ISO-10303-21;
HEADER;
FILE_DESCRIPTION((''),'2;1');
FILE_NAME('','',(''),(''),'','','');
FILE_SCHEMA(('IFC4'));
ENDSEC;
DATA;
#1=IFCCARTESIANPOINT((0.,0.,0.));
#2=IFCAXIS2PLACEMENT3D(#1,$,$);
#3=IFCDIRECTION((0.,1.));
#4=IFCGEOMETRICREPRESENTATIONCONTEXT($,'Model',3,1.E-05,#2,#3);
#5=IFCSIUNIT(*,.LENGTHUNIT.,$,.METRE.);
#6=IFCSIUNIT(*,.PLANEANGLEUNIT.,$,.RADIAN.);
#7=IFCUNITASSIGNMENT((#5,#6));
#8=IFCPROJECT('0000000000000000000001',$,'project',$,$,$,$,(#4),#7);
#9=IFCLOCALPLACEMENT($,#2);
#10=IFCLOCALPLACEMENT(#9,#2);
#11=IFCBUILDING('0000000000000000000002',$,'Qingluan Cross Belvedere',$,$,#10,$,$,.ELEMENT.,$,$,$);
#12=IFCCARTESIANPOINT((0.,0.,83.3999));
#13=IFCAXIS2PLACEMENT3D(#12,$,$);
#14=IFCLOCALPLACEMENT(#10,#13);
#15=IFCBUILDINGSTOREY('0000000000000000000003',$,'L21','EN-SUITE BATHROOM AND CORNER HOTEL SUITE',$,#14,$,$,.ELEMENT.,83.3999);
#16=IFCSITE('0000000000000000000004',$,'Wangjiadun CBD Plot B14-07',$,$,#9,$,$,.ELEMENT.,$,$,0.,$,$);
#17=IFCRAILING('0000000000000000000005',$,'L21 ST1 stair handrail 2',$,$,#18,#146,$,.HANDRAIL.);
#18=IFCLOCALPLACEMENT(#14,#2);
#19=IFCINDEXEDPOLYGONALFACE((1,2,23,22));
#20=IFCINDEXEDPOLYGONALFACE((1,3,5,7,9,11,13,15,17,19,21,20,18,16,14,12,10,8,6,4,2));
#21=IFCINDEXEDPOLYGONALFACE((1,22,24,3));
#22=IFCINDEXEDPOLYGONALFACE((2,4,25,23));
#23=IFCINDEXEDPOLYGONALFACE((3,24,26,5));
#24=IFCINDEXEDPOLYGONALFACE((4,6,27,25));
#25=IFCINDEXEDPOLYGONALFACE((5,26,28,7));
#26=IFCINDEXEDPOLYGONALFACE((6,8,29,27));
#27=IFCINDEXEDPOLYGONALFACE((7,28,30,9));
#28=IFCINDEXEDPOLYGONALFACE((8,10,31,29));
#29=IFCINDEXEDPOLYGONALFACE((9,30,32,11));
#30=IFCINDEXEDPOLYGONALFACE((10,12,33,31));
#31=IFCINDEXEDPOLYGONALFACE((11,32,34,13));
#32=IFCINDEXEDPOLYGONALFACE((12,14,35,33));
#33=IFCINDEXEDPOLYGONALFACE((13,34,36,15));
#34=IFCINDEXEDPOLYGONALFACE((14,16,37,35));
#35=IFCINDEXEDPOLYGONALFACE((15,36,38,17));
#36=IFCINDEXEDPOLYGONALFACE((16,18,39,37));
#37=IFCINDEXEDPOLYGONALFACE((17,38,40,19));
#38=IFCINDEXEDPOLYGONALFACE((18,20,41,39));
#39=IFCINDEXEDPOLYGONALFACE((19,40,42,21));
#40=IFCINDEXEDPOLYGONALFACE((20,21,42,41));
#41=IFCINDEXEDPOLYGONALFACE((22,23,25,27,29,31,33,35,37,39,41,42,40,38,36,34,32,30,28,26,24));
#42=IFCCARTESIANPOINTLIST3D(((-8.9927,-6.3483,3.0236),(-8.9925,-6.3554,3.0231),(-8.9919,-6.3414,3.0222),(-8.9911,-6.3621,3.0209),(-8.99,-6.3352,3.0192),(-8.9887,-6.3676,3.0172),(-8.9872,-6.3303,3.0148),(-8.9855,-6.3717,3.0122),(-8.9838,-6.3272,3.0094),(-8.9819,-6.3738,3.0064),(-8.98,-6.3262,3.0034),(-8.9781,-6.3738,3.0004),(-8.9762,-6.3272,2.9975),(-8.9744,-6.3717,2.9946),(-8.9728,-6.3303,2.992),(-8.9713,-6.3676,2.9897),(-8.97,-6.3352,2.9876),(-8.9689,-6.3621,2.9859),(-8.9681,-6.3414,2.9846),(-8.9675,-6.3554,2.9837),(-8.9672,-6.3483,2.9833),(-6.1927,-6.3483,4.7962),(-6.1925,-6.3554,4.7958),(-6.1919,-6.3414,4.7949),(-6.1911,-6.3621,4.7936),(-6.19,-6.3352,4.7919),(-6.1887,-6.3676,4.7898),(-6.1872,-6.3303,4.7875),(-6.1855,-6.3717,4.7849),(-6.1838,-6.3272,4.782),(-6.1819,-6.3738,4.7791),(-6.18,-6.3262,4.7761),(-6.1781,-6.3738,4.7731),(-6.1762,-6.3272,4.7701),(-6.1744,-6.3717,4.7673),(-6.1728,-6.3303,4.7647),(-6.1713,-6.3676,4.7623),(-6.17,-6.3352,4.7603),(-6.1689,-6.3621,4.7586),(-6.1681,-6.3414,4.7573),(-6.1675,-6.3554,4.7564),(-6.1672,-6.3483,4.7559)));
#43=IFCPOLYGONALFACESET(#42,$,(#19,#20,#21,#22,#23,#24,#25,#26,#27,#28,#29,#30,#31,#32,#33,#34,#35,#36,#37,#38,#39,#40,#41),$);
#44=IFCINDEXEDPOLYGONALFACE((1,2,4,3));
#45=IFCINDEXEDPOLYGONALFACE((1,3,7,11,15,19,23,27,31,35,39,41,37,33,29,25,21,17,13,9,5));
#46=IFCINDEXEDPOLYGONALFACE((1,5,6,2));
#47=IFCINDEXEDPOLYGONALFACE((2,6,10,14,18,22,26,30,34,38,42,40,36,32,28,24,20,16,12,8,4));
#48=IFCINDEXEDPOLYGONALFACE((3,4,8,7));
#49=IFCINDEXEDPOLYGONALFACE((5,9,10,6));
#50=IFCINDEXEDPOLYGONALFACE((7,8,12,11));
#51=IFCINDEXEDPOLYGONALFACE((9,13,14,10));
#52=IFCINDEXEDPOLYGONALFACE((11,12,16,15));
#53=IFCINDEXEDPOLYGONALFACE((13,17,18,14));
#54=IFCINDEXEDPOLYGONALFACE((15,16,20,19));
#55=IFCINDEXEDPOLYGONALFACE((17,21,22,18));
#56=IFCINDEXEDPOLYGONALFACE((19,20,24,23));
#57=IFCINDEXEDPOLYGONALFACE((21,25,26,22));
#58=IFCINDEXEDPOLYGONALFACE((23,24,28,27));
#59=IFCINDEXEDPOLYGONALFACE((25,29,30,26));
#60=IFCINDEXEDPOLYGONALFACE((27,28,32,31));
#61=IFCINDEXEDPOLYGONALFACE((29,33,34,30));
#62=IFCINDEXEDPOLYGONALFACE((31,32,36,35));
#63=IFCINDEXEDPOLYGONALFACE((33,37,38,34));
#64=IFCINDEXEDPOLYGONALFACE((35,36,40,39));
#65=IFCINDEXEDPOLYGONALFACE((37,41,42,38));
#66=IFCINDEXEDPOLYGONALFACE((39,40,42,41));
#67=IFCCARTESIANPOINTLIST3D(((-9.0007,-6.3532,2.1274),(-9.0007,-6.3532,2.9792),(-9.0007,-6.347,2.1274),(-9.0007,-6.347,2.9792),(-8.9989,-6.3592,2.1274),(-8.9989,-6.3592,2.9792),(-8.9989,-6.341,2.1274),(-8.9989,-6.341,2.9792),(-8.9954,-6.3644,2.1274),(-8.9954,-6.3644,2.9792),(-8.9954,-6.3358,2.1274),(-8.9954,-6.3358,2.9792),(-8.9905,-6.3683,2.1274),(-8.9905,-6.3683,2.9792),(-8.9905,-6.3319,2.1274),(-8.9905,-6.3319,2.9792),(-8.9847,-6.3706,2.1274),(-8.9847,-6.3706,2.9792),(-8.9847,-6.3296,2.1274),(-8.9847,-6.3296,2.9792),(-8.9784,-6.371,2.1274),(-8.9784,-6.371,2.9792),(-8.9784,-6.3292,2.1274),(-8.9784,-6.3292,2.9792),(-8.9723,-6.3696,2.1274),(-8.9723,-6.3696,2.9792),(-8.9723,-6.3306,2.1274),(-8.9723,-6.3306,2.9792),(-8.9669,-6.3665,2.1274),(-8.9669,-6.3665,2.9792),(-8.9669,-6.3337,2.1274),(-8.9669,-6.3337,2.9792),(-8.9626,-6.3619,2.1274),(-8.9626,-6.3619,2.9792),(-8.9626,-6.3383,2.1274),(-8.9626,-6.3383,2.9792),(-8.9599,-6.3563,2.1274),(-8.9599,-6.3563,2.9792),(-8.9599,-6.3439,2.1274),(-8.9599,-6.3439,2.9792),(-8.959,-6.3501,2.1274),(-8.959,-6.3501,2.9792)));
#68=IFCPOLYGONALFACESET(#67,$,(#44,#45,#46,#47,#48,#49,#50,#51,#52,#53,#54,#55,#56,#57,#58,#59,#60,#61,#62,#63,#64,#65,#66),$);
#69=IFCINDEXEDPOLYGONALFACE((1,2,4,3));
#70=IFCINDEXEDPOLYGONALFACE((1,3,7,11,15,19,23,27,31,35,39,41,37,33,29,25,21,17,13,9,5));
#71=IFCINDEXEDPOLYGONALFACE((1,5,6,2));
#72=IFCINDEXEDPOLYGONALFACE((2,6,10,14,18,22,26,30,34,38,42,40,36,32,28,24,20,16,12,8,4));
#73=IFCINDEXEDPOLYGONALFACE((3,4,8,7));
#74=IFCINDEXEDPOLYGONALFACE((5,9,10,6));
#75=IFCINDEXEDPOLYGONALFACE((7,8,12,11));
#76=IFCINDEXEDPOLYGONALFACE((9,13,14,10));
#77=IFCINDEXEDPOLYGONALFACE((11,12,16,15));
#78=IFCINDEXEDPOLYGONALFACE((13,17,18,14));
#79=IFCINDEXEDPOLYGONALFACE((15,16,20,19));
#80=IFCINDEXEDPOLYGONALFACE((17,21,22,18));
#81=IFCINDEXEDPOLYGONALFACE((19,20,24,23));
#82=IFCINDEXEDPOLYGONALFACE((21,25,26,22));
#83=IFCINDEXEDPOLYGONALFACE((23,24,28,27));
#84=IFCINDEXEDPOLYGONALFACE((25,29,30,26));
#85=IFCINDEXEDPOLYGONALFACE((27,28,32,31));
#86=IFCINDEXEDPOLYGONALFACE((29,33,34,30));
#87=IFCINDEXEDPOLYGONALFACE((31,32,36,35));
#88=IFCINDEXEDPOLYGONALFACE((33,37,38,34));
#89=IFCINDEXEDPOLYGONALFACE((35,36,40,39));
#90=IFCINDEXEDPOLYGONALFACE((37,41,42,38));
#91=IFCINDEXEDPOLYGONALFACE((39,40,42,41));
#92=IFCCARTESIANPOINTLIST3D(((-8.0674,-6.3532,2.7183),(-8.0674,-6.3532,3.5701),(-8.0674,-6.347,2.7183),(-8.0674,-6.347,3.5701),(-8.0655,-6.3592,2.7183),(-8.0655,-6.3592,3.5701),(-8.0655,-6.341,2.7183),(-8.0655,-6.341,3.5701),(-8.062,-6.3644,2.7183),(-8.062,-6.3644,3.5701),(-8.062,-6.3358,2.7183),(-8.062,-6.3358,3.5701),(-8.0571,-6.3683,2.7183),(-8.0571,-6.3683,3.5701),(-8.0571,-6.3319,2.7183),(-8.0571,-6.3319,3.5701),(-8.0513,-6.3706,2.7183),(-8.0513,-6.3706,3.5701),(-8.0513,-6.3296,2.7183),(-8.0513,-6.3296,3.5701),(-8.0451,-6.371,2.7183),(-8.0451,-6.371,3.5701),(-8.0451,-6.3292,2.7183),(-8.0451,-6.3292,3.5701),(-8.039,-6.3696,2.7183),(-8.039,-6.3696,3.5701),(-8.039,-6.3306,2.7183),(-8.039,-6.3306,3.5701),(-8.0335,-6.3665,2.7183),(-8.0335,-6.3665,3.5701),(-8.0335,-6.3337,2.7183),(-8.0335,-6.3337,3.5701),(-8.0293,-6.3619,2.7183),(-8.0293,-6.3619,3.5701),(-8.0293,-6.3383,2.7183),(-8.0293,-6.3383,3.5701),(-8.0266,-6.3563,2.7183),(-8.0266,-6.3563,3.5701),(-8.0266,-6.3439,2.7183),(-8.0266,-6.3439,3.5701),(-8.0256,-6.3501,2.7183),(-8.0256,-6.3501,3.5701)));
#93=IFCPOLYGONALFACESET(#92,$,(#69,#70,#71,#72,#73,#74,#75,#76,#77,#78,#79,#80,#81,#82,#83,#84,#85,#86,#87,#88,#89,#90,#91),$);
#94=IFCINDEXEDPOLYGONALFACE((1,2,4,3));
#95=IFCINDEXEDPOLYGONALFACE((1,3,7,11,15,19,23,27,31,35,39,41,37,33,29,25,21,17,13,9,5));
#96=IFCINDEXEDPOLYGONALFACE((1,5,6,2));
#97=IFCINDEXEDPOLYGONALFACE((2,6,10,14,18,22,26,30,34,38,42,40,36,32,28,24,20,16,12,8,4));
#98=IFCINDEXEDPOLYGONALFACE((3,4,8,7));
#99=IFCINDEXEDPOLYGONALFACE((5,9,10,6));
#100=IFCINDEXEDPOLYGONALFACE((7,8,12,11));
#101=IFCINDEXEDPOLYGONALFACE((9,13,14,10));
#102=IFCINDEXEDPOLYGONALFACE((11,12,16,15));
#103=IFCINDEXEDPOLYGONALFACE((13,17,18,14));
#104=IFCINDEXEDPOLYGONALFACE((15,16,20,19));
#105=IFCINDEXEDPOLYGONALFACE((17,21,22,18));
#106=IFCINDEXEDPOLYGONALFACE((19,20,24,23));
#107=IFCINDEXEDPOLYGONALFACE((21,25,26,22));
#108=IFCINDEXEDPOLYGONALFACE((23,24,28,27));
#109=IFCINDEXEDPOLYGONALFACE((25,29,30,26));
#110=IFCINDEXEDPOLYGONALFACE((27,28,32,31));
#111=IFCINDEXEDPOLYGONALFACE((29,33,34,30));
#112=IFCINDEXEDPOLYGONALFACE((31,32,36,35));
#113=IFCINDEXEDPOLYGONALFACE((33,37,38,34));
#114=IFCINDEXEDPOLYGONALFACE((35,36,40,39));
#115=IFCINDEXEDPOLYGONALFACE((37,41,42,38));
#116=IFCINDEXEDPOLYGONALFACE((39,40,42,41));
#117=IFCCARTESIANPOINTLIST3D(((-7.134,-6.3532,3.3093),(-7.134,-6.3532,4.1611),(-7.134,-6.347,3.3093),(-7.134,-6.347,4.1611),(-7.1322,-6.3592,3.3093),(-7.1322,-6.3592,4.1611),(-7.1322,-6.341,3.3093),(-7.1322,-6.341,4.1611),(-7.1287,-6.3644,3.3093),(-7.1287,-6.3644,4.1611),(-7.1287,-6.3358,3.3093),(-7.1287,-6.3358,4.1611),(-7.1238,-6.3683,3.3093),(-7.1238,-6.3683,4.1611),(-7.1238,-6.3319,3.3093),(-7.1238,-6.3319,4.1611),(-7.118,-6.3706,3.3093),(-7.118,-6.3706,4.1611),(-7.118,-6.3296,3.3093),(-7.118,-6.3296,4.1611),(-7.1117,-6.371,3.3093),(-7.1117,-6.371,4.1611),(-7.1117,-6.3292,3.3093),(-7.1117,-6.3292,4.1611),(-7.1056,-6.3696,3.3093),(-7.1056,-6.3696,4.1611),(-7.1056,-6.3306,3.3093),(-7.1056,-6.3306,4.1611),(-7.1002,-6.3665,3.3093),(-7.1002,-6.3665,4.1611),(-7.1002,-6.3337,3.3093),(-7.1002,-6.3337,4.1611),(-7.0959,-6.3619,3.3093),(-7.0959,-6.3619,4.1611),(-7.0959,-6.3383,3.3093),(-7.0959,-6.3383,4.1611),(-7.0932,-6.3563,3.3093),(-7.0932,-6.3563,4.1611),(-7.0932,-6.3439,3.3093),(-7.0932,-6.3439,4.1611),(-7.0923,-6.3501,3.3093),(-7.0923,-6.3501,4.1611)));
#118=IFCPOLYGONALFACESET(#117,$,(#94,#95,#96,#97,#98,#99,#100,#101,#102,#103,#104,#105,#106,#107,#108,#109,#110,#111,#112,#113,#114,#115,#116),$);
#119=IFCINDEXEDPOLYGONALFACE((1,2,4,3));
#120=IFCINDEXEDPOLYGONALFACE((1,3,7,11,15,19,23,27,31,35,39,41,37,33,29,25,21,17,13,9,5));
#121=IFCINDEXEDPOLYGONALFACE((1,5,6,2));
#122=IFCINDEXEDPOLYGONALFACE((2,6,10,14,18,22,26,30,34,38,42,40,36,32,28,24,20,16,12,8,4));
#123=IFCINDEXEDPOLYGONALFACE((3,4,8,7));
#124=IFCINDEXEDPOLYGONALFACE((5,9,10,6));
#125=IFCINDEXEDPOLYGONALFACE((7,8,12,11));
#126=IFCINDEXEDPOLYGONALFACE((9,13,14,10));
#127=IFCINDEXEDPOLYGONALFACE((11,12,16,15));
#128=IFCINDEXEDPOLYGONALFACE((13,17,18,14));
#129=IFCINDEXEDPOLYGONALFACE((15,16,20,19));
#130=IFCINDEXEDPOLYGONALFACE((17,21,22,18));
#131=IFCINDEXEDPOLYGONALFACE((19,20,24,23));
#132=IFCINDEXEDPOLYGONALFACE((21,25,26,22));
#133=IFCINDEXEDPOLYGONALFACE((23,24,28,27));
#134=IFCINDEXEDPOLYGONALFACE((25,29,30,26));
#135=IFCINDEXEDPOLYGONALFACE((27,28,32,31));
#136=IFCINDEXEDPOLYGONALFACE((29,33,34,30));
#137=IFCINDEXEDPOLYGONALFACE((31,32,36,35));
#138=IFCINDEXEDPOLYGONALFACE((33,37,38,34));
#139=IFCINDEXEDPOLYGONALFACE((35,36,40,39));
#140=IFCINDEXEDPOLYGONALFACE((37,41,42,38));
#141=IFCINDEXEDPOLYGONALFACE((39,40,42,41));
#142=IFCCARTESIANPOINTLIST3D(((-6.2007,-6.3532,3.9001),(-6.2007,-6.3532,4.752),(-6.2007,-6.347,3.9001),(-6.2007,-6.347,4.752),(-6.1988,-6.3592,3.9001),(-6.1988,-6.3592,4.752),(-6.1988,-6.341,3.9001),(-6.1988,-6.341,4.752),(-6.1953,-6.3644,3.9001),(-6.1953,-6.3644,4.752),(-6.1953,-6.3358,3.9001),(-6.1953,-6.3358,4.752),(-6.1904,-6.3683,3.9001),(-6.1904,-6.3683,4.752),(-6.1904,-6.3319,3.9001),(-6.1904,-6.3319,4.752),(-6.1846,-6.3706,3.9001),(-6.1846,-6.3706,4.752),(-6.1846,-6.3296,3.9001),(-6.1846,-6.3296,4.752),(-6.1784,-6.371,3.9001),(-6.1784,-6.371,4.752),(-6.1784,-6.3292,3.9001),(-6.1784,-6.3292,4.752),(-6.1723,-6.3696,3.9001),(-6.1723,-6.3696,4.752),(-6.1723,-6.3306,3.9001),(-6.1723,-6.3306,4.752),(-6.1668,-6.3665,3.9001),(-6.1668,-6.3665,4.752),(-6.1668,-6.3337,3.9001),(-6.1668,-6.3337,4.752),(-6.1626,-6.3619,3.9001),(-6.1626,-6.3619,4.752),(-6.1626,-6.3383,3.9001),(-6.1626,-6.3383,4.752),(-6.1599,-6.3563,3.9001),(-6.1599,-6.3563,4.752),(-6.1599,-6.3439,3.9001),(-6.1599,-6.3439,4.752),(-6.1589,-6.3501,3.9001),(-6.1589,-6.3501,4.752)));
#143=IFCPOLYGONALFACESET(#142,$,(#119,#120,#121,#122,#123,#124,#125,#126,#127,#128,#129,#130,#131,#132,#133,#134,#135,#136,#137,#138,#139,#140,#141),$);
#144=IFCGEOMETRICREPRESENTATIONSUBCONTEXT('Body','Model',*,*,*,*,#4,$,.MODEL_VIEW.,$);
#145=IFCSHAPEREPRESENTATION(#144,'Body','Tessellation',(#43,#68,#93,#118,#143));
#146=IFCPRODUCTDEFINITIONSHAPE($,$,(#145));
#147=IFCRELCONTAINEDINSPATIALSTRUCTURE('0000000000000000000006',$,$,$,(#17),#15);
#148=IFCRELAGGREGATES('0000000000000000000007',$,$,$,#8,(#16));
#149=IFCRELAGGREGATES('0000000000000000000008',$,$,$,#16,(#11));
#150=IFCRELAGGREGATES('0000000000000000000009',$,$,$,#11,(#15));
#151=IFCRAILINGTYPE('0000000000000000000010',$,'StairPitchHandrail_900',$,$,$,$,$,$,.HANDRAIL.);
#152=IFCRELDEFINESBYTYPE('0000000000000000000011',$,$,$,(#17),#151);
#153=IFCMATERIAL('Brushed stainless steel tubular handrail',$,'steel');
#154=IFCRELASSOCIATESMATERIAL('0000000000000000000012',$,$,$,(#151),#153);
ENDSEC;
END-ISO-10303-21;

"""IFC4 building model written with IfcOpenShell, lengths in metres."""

from ifc_helpers import new_model, si_unit, direction, frame, origin, origin_2d, place, context, subcontext, project, spatial, circle, extrude, material, type_object, element, save


model = new_model("IFC4")

# Units and contexts
model_context = context("Model", 3, precision=1e-05, world=origin(), true_north=direction((0.0, 1.0)))
body_context = subcontext(model_context, "Body", "Model", "MODEL_VIEW")
ifc_project = project(units=[si_unit("LENGTHUNIT", "METRE"), si_unit("PLANEANGLEUNIT", "RADIAN")], contexts=[model_context])

# Site, building, storey
site_placement = place(None, origin())
site = spatial("IfcSite", under=ifc_project, at=site_placement, Name="Wangjiadun CBD Plot B14-07", CompositionType="ELEMENT", RefElevation=0.0)
building_placement = place(site_placement, origin())
building = spatial("IfcBuilding", under=site, at=building_placement, Name="Qingluan Cross Belvedere", CompositionType="ELEMENT")
storey_placement = place(building_placement, frame((0.0, 0.0, 83.3999)))
storey = spatial("IfcBuildingStorey", under=building, at=storey_placement, Name="L21", Description="EN-SUITE BATHROOM AND CORNER HOTEL SUITE", CompositionType="ELEMENT", Elevation=83.3999)

# Railing
ifc_material_1 = material(Name="Brushed stainless steel tubular handrail", Category="steel")
railing_type_1 = type_object("IfcRailingType", Name="StairPitchHandrail_900", PredefinedType="HANDRAIL", material=ifc_material_1)
railing_1_placement = place(storey_placement, frame((-8.98, -6.3501, 2.1274)))
element("IfcRailing", 1, at=railing_1_placement, inside=storey, type_object=railing_type_1, Name="L21 ST1 stair handrail 2", PredefinedType="HANDRAIL", context=body_context, shape_type="SweptSolid", body=[
    extrude(circle(Radius=0.0239, at=origin_2d()), frame((0.0, 0.0, 0.876), z_axis=(0.844909, 0.0, 0.53491), x_axis=(0.0, 1.0, 0.0)), (0.0, 0.0, 1.0), 3.314),
    extrude(circle(Radius=0.021, at=origin_2d()), origin(), (0.0, 0.0, 1.0), 0.8518),
    extrude(circle(Radius=0.021, at=origin_2d()), frame((0.9333, 0.0, 0.5908)), (0.0, 0.0, 1.0), 0.8518),
    extrude(circle(Radius=0.021, at=origin_2d()), frame((1.8667, 0.0, 1.1819)), (0.0, 0.0, 1.0), 0.8518),
    extrude(circle(Radius=0.021, at=origin_2d()), frame((2.8, 0.0, 1.7727)), (0.0, 0.0, 1.0), 0.8518),
])

save(model, "model.ifc")
